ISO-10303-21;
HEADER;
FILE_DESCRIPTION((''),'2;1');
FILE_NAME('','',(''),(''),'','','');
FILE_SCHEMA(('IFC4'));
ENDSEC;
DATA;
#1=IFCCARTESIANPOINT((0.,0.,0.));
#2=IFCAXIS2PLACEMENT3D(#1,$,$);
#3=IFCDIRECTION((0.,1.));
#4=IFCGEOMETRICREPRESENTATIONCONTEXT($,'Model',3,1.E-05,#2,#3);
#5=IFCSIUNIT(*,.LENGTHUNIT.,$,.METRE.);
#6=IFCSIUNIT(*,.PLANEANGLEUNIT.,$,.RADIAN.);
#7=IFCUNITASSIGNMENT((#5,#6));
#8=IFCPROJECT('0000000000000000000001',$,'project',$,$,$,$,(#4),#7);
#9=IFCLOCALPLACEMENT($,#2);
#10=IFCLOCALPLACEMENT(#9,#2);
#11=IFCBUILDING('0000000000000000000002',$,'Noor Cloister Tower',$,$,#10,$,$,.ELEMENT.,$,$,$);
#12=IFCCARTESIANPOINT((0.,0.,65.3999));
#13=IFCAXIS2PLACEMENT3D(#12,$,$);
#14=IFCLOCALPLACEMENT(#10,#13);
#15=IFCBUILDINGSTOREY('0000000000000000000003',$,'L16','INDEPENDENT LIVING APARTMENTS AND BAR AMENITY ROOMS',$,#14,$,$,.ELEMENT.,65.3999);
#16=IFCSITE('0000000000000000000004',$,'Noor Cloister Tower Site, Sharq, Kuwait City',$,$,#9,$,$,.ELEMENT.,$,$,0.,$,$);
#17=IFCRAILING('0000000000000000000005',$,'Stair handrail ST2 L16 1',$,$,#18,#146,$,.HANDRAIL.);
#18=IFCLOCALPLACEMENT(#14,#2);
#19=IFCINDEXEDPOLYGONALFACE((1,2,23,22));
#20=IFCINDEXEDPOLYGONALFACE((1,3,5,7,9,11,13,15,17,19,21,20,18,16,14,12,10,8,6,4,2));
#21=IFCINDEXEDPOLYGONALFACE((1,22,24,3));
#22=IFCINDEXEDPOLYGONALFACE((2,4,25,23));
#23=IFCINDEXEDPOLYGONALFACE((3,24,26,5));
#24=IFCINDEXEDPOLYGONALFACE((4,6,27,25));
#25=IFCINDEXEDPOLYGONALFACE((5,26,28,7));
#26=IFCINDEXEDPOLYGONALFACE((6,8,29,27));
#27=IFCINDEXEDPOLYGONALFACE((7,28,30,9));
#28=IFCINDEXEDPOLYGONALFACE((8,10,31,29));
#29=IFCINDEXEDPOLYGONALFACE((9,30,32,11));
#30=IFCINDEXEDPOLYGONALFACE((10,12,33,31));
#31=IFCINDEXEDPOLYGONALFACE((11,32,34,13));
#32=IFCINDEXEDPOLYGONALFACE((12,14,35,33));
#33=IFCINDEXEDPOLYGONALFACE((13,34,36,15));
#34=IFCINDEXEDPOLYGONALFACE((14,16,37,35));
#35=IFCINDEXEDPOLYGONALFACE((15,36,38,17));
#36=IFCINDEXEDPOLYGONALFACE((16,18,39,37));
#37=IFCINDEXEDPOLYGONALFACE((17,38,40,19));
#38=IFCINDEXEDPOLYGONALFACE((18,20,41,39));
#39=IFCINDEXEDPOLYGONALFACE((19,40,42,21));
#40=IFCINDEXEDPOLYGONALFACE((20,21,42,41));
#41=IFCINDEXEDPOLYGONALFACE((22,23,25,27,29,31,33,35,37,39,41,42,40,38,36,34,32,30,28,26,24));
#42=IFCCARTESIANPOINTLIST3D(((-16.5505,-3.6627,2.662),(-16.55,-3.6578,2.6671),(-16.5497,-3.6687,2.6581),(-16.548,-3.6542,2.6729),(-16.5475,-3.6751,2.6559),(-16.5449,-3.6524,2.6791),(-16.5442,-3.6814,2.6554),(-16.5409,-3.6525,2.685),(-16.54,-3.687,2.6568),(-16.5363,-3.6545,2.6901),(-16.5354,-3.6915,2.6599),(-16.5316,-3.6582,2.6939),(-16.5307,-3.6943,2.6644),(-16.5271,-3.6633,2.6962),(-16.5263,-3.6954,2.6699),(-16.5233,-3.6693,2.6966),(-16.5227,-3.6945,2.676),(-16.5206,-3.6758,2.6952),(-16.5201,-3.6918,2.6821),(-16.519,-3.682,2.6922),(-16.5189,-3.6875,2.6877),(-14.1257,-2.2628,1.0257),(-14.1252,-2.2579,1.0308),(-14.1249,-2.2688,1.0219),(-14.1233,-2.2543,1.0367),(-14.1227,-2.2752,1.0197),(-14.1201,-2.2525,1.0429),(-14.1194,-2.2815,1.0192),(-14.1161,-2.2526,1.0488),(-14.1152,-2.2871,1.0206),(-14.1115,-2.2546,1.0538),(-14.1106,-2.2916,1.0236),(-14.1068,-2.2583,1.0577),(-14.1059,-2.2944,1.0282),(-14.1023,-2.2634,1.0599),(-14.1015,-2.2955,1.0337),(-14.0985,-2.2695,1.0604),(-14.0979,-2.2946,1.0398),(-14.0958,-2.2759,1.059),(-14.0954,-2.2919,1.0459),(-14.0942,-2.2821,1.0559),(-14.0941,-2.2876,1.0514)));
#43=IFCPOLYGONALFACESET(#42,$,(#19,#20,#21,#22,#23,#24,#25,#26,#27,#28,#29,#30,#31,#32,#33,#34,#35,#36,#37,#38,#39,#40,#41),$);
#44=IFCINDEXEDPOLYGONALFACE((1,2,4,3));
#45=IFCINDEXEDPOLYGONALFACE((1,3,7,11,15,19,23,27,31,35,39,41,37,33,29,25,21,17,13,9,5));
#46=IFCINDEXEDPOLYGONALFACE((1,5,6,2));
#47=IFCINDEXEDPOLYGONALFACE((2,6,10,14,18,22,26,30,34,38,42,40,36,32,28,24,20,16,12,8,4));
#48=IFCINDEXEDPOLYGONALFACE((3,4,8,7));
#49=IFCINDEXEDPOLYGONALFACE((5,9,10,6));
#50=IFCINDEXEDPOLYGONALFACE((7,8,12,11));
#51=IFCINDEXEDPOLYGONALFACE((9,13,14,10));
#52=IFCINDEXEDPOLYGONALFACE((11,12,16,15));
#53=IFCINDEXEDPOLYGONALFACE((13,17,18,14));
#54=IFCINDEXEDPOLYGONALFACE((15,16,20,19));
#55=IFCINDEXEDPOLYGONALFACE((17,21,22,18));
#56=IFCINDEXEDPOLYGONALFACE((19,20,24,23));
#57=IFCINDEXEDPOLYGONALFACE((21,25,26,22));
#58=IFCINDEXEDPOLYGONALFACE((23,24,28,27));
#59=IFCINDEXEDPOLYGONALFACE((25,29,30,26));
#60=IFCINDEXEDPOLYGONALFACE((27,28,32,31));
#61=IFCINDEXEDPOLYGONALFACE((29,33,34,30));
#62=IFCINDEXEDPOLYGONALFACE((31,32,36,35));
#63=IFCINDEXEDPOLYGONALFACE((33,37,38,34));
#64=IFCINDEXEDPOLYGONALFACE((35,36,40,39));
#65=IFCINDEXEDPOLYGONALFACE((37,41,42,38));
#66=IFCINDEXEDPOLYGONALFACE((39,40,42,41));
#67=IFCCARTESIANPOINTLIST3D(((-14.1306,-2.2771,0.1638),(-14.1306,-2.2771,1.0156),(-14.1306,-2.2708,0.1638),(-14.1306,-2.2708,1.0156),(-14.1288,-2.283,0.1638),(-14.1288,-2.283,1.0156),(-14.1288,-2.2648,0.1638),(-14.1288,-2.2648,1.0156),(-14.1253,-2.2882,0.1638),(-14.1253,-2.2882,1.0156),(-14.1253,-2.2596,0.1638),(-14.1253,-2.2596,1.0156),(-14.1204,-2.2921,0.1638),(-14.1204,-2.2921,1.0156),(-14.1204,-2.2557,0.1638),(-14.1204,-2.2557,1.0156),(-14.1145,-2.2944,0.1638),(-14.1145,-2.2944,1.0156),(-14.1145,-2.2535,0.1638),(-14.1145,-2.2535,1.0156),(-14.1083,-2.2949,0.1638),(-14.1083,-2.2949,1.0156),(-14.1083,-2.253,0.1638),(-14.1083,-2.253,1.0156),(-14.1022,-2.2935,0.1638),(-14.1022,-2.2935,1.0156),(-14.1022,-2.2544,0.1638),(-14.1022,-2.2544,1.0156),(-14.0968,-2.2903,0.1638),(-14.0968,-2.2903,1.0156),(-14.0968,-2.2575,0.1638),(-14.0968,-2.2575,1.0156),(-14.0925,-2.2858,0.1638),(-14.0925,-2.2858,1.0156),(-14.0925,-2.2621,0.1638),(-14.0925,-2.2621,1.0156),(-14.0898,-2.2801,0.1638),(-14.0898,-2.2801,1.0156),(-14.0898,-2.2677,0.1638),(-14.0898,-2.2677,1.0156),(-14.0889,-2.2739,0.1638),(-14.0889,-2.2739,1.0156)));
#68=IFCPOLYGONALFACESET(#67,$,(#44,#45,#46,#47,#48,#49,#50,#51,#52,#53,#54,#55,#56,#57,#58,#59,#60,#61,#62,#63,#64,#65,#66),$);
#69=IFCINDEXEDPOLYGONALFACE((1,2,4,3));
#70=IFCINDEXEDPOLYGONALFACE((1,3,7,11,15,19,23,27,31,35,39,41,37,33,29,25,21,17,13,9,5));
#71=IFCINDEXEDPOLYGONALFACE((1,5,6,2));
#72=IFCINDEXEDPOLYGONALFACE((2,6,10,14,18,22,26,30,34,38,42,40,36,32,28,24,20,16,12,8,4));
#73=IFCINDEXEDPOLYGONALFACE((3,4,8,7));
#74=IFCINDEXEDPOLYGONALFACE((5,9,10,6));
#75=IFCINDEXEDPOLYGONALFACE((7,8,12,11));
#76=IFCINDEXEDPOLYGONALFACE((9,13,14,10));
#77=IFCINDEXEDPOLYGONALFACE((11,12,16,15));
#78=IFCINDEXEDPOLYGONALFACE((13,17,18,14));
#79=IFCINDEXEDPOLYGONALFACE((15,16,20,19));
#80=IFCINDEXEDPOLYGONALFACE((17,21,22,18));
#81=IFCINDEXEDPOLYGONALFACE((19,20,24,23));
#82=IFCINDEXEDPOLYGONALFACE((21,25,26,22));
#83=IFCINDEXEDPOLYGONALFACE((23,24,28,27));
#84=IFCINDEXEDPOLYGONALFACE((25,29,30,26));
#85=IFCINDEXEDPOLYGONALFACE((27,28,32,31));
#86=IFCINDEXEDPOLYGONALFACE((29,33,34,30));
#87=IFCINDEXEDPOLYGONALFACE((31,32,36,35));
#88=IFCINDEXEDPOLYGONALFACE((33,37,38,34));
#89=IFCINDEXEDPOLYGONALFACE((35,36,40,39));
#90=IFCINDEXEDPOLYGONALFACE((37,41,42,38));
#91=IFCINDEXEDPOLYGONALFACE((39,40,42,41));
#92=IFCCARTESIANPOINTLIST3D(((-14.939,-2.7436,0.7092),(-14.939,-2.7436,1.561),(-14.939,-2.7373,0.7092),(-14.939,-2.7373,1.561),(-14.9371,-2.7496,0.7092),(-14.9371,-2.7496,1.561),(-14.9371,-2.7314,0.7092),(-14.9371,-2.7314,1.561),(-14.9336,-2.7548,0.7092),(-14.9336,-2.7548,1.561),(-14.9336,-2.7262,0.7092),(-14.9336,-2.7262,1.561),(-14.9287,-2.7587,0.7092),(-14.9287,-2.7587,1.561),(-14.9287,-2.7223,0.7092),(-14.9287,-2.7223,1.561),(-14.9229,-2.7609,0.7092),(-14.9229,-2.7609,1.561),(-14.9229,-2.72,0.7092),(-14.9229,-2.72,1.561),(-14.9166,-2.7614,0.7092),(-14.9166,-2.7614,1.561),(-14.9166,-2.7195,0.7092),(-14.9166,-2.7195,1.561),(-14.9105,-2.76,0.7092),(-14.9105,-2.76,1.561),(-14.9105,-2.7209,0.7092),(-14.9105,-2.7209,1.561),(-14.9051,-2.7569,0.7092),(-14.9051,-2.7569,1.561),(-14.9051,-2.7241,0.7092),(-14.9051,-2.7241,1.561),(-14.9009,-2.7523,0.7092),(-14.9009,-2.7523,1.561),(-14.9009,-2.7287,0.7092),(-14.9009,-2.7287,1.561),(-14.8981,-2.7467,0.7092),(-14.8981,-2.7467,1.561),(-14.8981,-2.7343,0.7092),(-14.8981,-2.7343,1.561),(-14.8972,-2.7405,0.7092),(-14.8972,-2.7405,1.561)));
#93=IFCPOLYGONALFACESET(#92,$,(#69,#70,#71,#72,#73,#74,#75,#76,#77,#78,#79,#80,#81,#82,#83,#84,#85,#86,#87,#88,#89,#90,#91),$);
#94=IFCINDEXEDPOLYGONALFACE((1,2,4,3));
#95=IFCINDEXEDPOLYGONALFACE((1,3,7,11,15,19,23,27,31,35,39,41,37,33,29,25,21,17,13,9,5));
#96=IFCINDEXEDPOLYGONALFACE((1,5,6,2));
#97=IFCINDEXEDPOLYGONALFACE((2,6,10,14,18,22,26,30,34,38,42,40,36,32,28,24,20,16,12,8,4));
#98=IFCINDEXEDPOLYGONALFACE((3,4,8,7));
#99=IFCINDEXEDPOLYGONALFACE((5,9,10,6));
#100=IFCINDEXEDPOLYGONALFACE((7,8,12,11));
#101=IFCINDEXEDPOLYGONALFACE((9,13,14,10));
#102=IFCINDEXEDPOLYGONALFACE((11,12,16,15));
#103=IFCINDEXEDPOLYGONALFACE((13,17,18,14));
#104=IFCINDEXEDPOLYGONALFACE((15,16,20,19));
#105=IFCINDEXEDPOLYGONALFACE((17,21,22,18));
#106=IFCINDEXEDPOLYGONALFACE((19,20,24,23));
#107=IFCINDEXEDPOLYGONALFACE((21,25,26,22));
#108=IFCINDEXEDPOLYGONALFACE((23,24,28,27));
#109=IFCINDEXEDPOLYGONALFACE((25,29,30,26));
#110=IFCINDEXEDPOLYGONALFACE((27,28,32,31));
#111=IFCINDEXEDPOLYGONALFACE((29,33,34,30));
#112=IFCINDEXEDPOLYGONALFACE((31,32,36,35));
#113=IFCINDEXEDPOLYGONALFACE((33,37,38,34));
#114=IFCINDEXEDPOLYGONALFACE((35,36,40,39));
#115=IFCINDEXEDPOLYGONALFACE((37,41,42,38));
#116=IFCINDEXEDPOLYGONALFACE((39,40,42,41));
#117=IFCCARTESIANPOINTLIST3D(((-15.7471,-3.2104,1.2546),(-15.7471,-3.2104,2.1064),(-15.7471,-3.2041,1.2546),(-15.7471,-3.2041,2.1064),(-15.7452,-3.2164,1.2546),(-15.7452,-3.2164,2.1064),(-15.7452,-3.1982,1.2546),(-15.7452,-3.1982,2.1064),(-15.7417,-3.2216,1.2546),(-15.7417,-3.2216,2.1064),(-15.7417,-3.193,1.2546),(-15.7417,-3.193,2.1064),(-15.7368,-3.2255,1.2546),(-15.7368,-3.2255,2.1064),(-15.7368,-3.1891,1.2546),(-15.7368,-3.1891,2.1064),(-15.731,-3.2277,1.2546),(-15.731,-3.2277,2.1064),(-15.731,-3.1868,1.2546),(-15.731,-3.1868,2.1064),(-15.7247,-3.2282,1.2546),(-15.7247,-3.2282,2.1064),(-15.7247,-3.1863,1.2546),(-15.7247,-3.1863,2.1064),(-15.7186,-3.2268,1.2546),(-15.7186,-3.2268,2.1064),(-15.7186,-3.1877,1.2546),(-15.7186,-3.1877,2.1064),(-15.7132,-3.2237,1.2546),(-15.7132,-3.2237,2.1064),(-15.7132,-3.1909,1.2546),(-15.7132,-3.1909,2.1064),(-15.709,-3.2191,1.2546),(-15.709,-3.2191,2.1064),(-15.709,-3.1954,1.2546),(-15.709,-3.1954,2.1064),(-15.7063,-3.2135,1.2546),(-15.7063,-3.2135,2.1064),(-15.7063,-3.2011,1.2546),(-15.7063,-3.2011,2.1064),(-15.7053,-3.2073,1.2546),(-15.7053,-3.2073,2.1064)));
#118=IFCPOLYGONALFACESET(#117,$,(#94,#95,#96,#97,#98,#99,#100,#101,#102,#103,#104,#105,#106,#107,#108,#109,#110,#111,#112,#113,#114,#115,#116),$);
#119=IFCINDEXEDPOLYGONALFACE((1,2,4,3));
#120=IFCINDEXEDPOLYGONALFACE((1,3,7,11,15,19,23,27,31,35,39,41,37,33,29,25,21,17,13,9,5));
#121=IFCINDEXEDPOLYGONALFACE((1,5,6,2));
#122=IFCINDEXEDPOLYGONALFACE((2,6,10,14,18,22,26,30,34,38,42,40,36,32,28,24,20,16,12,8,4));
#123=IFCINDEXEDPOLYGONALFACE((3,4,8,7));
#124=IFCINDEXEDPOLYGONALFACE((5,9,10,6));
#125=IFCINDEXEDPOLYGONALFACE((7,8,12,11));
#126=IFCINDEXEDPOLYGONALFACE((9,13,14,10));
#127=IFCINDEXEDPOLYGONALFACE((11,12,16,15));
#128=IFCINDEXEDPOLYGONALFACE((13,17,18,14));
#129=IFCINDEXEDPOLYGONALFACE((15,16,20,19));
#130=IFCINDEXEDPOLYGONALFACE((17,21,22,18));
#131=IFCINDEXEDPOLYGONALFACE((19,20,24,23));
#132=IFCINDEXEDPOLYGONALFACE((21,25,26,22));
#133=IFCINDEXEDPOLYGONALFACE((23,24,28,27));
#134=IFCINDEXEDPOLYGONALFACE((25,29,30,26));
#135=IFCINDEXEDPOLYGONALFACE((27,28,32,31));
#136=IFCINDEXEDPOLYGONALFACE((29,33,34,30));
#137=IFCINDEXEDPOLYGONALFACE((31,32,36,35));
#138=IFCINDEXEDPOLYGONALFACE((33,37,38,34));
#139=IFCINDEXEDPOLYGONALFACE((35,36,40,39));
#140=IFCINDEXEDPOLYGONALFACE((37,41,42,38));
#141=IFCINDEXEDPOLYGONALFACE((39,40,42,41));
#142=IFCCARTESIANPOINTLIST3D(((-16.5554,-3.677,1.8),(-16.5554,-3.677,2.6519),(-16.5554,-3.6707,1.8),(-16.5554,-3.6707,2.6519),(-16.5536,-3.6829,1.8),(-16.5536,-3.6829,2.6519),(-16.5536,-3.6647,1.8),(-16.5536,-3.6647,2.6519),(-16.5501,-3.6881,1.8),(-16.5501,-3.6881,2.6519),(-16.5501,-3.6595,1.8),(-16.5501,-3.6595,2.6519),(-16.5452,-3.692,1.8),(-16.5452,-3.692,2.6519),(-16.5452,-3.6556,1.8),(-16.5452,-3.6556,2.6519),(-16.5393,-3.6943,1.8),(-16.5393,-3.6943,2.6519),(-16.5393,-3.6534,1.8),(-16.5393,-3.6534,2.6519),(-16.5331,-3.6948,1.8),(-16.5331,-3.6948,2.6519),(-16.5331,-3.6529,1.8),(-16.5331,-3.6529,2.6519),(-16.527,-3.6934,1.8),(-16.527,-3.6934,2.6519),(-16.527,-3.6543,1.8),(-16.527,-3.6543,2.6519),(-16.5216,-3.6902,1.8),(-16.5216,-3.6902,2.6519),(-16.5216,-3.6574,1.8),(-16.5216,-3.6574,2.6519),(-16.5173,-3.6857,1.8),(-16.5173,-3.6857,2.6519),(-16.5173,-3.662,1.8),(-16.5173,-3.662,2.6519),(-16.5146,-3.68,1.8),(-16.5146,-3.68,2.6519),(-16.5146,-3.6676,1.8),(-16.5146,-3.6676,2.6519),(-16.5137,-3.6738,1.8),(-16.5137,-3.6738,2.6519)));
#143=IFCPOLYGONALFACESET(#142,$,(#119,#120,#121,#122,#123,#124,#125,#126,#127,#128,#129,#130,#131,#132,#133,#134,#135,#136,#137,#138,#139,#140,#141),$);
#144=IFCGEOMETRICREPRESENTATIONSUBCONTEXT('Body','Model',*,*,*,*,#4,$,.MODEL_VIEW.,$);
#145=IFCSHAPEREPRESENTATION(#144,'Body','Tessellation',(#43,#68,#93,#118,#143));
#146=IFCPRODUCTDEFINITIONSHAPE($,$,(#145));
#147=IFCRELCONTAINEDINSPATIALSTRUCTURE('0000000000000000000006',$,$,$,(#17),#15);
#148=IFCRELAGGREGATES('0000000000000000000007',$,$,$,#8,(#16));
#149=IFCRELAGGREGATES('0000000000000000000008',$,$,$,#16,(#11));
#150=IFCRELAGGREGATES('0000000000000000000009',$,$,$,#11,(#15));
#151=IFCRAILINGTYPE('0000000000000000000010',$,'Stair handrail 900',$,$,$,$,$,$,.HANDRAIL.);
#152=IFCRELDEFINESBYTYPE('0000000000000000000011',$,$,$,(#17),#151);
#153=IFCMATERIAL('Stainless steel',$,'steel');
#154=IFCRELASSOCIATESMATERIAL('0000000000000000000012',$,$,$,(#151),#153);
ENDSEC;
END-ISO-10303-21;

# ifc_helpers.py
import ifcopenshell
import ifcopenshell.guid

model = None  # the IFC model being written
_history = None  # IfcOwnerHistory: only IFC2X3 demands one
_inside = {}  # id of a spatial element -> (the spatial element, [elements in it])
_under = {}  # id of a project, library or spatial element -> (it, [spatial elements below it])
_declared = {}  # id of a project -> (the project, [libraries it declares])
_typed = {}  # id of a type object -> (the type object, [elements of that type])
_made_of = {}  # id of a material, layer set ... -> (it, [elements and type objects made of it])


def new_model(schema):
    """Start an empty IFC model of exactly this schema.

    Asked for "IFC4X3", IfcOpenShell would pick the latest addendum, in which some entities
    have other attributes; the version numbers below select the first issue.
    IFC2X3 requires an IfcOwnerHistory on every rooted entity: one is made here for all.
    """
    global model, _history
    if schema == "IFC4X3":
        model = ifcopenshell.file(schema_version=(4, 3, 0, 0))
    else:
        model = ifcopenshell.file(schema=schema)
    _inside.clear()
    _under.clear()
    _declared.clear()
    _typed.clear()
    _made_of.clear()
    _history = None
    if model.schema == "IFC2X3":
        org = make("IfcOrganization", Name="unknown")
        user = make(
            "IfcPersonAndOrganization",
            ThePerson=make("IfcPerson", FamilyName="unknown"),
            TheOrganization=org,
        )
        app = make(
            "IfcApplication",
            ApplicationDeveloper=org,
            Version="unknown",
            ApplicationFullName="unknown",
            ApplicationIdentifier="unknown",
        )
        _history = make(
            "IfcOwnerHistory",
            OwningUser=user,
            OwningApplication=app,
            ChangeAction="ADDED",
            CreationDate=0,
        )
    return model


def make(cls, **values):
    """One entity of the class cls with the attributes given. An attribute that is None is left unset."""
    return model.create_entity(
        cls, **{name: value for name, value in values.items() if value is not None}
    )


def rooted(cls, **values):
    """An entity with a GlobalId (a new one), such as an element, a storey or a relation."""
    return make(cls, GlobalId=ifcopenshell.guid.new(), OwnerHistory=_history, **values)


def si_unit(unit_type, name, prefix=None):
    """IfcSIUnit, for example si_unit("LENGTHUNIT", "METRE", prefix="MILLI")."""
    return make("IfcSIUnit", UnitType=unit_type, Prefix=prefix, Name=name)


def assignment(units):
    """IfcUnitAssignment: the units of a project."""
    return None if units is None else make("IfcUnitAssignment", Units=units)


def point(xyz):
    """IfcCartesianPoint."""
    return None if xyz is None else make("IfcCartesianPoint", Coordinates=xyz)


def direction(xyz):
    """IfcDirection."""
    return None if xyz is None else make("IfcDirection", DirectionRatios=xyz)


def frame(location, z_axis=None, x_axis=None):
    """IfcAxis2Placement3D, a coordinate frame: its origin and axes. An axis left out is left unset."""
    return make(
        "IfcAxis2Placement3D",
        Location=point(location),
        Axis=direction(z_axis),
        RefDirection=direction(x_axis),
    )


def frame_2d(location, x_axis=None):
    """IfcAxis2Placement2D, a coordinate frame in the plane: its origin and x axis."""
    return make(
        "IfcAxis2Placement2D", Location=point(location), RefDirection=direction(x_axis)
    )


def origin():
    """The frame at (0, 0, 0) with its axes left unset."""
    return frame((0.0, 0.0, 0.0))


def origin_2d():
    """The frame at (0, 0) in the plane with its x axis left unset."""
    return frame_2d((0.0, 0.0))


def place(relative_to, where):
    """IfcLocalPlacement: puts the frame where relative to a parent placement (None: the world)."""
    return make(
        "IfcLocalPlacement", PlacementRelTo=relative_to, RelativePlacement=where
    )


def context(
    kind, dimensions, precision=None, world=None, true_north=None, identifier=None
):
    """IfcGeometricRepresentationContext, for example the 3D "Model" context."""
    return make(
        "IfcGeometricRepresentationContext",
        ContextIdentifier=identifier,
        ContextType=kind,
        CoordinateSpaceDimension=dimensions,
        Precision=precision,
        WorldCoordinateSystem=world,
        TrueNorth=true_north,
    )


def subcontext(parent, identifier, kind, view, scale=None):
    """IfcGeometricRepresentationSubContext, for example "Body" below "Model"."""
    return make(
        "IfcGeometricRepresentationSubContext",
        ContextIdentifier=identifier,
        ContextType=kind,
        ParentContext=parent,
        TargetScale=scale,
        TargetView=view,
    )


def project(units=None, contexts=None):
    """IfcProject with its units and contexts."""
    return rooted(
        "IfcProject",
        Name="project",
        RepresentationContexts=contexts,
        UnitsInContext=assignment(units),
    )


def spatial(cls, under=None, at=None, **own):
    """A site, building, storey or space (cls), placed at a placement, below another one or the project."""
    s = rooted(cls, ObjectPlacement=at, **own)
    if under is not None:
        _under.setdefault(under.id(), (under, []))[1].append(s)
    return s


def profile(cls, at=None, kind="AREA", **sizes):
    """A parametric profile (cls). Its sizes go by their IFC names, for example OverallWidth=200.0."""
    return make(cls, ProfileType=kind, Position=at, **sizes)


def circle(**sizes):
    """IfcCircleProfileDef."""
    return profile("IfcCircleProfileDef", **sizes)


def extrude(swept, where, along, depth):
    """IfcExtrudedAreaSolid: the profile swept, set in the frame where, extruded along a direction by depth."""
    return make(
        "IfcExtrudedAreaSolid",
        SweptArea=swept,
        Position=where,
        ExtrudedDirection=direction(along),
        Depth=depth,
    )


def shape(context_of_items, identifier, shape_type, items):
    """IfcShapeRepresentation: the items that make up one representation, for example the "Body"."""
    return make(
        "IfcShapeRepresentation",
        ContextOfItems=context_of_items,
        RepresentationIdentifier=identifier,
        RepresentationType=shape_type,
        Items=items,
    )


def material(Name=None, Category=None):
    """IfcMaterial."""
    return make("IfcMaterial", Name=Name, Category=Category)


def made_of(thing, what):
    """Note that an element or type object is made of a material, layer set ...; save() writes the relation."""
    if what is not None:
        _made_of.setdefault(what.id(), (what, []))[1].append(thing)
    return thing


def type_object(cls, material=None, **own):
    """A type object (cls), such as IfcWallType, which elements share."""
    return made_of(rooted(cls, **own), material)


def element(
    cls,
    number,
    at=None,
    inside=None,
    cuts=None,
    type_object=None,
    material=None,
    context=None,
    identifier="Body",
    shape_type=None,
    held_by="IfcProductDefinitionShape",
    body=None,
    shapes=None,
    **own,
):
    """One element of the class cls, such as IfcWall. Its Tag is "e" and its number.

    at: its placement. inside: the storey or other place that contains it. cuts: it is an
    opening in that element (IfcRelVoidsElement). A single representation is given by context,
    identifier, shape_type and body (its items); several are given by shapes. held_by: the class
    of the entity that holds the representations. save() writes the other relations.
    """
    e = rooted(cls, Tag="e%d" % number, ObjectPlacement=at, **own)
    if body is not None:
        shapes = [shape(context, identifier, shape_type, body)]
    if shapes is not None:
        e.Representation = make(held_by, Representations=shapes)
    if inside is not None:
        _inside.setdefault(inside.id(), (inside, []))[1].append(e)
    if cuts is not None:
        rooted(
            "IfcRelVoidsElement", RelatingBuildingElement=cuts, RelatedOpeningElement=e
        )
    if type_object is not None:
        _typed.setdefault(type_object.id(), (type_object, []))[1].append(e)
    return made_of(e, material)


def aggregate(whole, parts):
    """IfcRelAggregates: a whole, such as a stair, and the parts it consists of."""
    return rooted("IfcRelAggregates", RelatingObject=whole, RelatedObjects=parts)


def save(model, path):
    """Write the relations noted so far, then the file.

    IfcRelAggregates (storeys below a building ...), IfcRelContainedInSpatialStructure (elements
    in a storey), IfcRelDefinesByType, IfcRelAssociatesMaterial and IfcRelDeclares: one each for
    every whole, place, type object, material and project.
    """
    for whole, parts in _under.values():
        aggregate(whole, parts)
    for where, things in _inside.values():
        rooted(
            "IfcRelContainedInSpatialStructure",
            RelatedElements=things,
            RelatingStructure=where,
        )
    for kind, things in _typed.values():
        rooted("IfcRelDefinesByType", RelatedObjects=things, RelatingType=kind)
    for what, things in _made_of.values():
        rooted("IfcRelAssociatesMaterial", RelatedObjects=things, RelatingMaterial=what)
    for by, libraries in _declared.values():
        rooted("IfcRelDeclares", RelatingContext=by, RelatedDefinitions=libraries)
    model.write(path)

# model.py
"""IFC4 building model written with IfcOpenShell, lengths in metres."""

from ifc_helpers import new_model, si_unit, direction, frame, origin, origin_2d, place, context, subcontext, project, spatial, circle, extrude, material, type_object, element, save


model = new_model("IFC4")

# Units and contexts
model_context = context("Model", 3, precision=1e-05, world=origin(), true_north=direction((0.0, 1.0)))
body_context = subcontext(model_context, "Body", "Model", "MODEL_VIEW")
ifc_project = project(units=[si_unit("LENGTHUNIT", "METRE"), si_unit("PLANEANGLEUNIT", "RADIAN")], contexts=[model_context])

# Site, building, storey
site_placement = place(None, origin())
site = spatial("IfcSite", under=ifc_project, at=site_placement, Name="Noor Cloister Tower Site, Sharq, Kuwait City", CompositionType="ELEMENT", RefElevation=0.0)
building_placement = place(site_placement, origin())
building = spatial("IfcBuilding", under=site, at=building_placement, Name="Noor Cloister Tower", CompositionType="ELEMENT")
storey_placement = place(building_placement, frame((0.0, 0.0, 65.3999)))
storey = spatial("IfcBuildingStorey", under=building, at=storey_placement, Name="L16", Description="INDEPENDENT LIVING APARTMENTS AND BAR AMENITY ROOMS", CompositionType="ELEMENT", Elevation=65.3999)

# Railing
ifc_material_1 = material(Name="Stainless steel", Category="steel")
railing_type_1 = type_object("IfcRailingType", Name="Stair handrail 900", PredefinedType="HANDRAIL", material=ifc_material_1)
railing_1_placement = place(storey_placement, frame((-14.1099, -2.2739, 0.1638)))
element("IfcRailing", 1, at=railing_1_placement, inside=storey, type_object=railing_type_1, Name="Stair handrail ST2 L16 1", PredefinedType="HANDRAIL", context=body_context, shape_type="SweptSolid", body=[
    extrude(circle(Radius=0.0239, at=origin_2d()), frame((0.0, 0.0, 0.876), z_axis=(-0.747718, -0.431677, 0.504552), x_axis=(0.499984, -0.866035, 0.0)), (0.0, 0.0, 1.0), 3.2429),
    extrude(circle(Radius=0.021, at=origin_2d()), origin(), (0.0, 0.0, 1.0), 0.8518),
    extrude(circle(Radius=0.021, at=origin_2d()), frame((-0.8083, -0.4666, 0.5454)), (0.0, 0.0, 1.0), 0.8518),
    extrude(circle(Radius=0.021, at=origin_2d()), frame((-1.6165, -0.9333, 1.0908)), (0.0, 0.0, 1.0), 0.8518),
    extrude(circle(Radius=0.021, at=origin_2d()), frame((-2.4248, -1.3999, 1.6362)), (0.0, 0.0, 1.0), 0.8518),
])

save(model, "model.ifc")
